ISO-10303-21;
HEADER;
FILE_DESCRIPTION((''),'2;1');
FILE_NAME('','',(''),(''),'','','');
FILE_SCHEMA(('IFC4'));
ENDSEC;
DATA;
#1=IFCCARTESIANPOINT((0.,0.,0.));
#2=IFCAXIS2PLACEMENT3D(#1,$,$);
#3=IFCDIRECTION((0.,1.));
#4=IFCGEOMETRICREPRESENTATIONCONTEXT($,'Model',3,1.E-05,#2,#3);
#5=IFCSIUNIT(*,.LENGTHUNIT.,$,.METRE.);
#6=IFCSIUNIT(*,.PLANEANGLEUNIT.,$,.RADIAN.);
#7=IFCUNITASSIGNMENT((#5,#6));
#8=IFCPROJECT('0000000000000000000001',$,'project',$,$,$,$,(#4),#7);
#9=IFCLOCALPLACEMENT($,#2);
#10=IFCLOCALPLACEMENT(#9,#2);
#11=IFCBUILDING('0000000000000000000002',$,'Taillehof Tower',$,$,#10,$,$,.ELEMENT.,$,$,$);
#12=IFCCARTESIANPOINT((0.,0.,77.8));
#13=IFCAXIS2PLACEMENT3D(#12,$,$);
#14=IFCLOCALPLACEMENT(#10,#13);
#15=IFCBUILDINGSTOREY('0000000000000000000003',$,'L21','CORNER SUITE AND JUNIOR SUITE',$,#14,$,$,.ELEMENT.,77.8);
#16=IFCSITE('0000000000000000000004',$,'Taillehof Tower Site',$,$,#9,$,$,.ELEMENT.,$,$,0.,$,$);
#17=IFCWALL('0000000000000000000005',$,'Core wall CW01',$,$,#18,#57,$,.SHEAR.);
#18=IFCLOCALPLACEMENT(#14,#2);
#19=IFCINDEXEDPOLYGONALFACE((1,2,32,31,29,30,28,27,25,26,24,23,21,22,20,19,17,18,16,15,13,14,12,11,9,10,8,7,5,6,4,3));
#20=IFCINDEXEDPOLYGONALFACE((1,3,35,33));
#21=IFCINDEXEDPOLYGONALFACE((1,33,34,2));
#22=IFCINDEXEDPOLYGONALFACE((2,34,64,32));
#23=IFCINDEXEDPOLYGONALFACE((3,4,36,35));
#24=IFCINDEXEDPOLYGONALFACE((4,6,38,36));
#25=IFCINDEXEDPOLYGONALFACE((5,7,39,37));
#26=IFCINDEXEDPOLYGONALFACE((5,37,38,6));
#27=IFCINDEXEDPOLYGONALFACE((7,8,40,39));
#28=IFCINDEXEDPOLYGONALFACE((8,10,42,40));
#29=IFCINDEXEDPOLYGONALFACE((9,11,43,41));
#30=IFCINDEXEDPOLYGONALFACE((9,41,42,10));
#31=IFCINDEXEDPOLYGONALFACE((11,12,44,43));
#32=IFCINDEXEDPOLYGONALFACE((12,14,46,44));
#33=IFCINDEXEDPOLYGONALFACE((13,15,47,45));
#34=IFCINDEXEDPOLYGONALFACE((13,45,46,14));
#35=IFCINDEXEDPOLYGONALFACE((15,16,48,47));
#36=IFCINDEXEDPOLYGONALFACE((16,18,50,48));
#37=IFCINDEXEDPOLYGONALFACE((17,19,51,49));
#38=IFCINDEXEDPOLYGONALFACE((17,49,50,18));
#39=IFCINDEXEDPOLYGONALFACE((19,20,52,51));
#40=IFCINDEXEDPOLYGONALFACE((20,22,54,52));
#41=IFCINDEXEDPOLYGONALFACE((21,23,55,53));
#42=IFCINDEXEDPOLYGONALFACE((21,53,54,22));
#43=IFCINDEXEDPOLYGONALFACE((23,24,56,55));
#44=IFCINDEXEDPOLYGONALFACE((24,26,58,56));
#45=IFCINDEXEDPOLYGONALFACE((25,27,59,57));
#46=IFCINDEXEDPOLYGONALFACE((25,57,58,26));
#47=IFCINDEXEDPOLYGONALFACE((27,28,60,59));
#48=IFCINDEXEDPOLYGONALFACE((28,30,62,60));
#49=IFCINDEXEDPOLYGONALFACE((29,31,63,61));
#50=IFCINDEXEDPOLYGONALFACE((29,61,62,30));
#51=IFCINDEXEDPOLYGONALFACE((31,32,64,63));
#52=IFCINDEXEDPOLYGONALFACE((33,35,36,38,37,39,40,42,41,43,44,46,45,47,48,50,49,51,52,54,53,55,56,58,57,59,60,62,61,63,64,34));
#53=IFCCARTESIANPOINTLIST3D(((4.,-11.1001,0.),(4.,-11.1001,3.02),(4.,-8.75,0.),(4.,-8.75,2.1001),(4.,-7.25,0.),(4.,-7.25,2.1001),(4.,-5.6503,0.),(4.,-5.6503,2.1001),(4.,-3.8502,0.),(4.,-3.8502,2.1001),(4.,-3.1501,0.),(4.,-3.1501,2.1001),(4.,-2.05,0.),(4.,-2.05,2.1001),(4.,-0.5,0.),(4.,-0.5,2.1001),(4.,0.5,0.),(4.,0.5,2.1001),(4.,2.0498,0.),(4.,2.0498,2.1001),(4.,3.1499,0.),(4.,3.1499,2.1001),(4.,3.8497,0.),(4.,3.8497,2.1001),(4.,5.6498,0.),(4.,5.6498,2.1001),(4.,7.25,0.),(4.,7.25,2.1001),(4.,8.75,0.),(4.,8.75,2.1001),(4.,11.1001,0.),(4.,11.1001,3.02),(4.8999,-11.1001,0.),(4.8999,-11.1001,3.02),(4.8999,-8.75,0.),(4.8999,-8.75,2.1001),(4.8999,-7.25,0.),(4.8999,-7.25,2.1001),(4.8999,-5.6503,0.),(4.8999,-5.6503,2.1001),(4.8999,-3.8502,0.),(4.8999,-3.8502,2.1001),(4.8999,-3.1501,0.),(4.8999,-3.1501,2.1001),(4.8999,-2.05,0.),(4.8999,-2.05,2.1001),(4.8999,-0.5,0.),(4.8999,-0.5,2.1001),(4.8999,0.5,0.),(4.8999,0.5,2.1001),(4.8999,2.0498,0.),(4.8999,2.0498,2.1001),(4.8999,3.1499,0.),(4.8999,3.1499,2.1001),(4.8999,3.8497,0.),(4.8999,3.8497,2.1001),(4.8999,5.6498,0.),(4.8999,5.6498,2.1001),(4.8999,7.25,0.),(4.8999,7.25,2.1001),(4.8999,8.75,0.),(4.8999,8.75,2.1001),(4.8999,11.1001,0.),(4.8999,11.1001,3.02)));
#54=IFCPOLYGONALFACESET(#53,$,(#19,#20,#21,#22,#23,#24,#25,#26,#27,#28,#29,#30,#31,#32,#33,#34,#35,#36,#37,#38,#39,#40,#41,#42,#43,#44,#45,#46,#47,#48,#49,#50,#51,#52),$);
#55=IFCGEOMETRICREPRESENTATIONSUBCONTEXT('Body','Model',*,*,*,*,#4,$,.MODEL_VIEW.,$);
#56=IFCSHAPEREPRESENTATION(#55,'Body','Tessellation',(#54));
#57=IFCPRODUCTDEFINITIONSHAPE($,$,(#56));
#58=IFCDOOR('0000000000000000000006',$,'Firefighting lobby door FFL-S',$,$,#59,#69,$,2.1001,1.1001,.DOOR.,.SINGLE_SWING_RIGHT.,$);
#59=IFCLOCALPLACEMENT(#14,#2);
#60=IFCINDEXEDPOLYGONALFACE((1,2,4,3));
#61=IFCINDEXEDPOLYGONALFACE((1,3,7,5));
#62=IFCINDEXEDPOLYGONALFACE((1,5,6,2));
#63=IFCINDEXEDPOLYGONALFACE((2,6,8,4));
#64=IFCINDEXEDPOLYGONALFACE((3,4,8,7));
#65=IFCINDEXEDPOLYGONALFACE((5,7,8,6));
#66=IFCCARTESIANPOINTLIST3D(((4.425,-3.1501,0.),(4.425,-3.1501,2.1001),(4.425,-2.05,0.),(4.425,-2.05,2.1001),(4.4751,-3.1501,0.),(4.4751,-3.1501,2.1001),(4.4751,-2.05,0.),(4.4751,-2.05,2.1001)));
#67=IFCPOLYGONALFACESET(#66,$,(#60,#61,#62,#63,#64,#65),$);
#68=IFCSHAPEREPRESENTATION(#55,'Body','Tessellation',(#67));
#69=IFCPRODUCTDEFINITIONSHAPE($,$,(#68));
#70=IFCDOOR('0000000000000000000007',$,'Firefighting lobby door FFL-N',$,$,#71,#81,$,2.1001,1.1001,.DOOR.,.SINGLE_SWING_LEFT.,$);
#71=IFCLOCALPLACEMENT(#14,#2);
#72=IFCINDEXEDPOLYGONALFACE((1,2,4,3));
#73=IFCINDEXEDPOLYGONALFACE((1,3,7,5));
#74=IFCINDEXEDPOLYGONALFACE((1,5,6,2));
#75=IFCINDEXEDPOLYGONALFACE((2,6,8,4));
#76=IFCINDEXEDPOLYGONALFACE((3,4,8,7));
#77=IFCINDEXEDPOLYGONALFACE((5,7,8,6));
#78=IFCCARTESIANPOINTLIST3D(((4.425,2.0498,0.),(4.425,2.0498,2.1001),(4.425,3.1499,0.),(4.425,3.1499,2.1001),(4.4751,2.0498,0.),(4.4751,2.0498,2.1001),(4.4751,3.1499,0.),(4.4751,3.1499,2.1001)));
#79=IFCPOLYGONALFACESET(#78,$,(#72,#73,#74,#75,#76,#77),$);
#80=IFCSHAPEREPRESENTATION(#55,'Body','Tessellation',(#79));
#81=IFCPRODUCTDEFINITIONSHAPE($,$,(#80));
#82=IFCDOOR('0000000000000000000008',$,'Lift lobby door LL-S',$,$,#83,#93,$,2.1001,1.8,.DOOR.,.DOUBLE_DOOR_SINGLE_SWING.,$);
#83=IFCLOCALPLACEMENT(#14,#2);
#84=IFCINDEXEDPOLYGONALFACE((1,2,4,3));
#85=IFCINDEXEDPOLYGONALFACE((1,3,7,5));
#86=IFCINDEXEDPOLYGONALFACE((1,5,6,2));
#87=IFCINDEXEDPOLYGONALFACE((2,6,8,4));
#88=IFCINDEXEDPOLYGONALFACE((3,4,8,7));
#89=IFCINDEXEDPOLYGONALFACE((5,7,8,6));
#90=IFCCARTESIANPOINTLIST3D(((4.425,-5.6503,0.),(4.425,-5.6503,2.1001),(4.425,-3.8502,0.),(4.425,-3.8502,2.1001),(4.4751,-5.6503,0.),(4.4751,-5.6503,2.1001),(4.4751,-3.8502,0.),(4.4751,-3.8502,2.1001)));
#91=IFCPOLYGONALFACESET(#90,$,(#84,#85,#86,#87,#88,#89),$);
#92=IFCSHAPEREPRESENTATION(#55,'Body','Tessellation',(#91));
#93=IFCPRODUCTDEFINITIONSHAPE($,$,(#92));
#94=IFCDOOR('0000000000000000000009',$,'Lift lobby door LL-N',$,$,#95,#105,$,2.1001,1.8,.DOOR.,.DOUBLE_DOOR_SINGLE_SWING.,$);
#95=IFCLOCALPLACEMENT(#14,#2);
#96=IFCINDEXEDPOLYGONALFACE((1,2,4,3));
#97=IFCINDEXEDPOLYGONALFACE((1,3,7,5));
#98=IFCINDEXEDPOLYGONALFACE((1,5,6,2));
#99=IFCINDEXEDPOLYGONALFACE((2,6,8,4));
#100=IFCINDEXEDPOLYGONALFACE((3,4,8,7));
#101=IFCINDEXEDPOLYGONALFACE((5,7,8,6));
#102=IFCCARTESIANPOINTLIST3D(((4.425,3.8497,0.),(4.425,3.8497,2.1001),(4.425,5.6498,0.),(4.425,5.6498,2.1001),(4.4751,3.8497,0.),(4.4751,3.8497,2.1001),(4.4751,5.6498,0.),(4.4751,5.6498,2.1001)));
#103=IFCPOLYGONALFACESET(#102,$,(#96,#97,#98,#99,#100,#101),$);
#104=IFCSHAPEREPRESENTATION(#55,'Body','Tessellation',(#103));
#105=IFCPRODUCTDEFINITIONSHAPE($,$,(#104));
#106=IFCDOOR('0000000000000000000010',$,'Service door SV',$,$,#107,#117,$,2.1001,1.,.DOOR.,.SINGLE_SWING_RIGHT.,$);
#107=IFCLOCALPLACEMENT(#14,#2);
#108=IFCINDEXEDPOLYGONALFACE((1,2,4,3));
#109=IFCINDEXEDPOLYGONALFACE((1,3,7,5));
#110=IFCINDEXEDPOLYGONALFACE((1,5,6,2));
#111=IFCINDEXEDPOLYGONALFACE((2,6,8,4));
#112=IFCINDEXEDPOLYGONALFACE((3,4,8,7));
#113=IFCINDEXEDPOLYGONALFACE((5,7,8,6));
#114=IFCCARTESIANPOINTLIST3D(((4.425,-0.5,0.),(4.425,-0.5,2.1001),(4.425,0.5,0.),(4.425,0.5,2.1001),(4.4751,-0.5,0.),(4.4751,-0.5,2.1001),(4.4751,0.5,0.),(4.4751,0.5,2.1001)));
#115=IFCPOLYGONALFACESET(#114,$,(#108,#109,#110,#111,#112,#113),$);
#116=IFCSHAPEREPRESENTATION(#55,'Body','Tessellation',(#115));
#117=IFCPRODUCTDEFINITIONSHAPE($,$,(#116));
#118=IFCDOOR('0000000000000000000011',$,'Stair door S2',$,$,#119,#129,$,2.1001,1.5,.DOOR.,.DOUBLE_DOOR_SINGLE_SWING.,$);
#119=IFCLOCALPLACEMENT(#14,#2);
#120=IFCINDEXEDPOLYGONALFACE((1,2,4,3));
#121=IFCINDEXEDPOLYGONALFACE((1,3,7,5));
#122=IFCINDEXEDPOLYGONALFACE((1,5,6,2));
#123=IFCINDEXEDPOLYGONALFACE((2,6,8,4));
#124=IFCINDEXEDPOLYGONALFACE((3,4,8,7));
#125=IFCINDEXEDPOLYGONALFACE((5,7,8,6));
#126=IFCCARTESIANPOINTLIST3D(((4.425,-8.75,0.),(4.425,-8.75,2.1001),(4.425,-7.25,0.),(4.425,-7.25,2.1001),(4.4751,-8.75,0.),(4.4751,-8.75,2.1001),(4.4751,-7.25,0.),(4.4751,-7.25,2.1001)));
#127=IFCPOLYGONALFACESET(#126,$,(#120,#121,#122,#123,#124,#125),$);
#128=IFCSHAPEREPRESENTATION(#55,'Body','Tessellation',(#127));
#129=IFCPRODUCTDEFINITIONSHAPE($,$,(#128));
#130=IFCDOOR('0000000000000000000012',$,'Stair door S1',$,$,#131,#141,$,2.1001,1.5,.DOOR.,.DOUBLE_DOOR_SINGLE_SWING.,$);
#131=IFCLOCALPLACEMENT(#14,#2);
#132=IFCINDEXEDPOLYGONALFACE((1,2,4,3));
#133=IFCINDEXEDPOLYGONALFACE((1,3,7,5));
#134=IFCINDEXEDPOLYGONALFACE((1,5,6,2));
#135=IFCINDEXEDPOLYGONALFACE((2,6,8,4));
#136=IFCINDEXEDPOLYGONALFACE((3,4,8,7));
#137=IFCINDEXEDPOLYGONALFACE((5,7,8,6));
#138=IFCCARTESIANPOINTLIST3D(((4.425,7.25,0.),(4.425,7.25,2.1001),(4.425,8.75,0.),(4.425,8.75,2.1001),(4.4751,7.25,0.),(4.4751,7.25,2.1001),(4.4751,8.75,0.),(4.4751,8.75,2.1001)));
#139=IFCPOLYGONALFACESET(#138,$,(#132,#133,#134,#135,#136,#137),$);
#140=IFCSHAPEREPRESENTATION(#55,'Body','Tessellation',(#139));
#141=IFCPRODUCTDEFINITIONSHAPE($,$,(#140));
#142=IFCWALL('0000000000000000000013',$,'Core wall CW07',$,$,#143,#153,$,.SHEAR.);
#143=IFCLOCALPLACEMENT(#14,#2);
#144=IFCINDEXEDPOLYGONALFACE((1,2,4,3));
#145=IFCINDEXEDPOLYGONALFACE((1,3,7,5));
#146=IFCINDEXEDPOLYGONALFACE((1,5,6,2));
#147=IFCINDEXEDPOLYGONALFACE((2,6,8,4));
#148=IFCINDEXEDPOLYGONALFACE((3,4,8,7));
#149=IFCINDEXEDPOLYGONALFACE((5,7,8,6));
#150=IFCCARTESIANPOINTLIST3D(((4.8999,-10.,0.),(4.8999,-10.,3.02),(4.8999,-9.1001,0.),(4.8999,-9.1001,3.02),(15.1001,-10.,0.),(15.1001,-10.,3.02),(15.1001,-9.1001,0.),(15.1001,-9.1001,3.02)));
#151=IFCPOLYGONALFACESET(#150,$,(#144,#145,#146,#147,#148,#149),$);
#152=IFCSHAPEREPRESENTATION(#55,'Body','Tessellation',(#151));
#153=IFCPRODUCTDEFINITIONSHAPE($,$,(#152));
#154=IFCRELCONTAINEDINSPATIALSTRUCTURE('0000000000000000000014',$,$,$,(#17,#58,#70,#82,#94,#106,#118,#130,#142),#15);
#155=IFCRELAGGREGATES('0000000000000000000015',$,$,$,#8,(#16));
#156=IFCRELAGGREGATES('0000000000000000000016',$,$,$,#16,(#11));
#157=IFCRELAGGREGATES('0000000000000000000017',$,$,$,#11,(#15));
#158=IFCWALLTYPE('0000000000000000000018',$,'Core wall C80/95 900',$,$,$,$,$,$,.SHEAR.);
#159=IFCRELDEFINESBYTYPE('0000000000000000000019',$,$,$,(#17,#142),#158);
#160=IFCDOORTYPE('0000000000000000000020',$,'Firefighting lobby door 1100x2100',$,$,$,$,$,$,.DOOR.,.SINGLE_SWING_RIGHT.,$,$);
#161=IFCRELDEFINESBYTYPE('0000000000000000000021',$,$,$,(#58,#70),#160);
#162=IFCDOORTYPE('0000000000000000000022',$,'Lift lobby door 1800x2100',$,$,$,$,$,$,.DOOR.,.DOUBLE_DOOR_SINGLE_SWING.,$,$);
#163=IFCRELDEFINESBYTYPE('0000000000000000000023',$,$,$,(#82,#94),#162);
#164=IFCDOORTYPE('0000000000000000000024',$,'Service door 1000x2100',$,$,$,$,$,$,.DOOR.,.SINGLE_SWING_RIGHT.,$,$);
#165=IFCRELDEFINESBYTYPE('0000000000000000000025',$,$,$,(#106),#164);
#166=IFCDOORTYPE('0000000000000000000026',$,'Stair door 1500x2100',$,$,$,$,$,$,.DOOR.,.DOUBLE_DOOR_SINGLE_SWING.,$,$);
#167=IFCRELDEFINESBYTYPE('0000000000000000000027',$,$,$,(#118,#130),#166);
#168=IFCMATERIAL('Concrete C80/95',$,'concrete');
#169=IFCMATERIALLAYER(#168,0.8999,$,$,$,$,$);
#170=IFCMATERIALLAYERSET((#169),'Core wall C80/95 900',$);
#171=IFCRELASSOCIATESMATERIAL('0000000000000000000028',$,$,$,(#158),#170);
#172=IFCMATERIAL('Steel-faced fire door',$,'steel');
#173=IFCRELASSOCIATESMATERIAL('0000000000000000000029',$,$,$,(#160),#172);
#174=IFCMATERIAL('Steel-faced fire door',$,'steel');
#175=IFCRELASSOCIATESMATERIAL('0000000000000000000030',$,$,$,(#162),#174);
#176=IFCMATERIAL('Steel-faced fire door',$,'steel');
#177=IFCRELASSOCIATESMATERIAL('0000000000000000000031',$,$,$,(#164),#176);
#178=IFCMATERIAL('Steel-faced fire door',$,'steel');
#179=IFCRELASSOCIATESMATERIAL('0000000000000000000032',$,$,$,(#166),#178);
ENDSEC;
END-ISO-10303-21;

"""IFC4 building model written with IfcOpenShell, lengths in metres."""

from ifc_helpers import new_model, si_unit, direction, frame, frame_2d, origin, place, context, subcontext, project, spatial, rectangle, extrude, material, layer, layer_set, type_object, element, fill, save


model = new_model("IFC4")

# Units and contexts
model_context = context("Model", 3, precision=1e-05, world=origin(), true_north=direction((0.0, 1.0)))
body_context = subcontext(model_context, "Body", "Model", "MODEL_VIEW")
ifc_project = project(units=[si_unit("LENGTHUNIT", "METRE"), si_unit("PLANEANGLEUNIT", "RADIAN")], contexts=[model_context])

# Site, building, storey
site_placement = place(None, origin())
site = spatial("IfcSite", under=ifc_project, at=site_placement, Name="Taillehof Tower Site", CompositionType="ELEMENT", RefElevation=0.0)
building_placement = place(site_placement, origin())
building = spatial("IfcBuilding", under=site, at=building_placement, Name="Taillehof Tower", CompositionType="ELEMENT")
storey_placement = place(building_placement, frame((0.0, 0.0, 77.8)))
storey = spatial("IfcBuildingStorey", under=building, at=storey_placement, Name="L21", Description="CORNER SUITE AND JUNIOR SUITE", CompositionType="ELEMENT", Elevation=77.8)

# Wall, openings, doors
ifc_material_1 = material(Name="Concrete C80/95", Category="concrete")
ifc_layer_1 = layer(ifc_material_1, 0.8999)
ifc_layer_set_1 = layer_set([ifc_layer_1], Name="Core wall C80/95 900")
wall_type_1 = type_object("IfcWallType", Name="Core wall C80/95 900", PredefinedType="SHEAR", material=ifc_layer_set_1)
wall_1_placement = place(storey_placement, frame((4.45, -11.1001, 0.0), z_axis=(0.0, 0.0, 1.0), x_axis=(0.0, 1.0, 0.0)))
wall_1 = element("IfcWall", 1, at=wall_1_placement, inside=storey, type_object=wall_type_1, Name="Core wall CW01", PredefinedType="SHEAR", context=body_context, shape_type="SweptSolid", body=[
    extrude(rectangle(XDim=22.2002, YDim=0.8999, at=frame_2d((11.1001, 0.0))), origin(), (0.0, 0.0, 1.0), 3.02),
])
opening_1_placement = place(wall_1_placement, frame((2.3501, 0.0, 0.0)))
opening_1 = element("IfcOpeningElement", 2, at=opening_1_placement, cuts=wall_1, PredefinedType="OPENING", context=body_context, shape_type="SweptSolid", body=[
    extrude(rectangle(XDim=1.5, YDim=2.1001, at=frame_2d((0.75, 1.05))), frame((0.0, 0.46, 0.0), z_axis=(0.0, -1.0, 0.0), x_axis=(1.0, 0.0, 0.0)), (0.0, 0.0, 1.0), 0.9199),
])
opening_2_placement = place(wall_1_placement, frame((5.45, 0.0, 0.0)))
opening_2 = element("IfcOpeningElement", 3, at=opening_2_placement, cuts=wall_1, PredefinedType="OPENING", context=body_context, shape_type="SweptSolid", body=[
    extrude(rectangle(XDim=1.8, YDim=2.1001, at=frame_2d((0.8999, 1.05))), frame((0.0, 0.46, 0.0), z_axis=(0.0, -1.0, 0.0), x_axis=(1.0, 0.0, 0.0)), (0.0, 0.0, 1.0), 0.9199),
])
opening_3_placement = place(wall_1_placement, frame((7.95, 0.0, 0.0)))
opening_3 = element("IfcOpeningElement", 4, at=opening_3_placement, cuts=wall_1, PredefinedType="OPENING", context=body_context, shape_type="SweptSolid", body=[
    extrude(rectangle(XDim=1.1001, YDim=2.1001, at=frame_2d((0.55, 1.05))), frame((0.0, 0.46, 0.0), z_axis=(0.0, -1.0, 0.0), x_axis=(1.0, 0.0, 0.0)), (0.0, 0.0, 1.0), 0.9199),
])
opening_4_placement = place(wall_1_placement, frame((10.6001, 0.0, 0.0)))
opening_4 = element("IfcOpeningElement", 5, at=opening_4_placement, cuts=wall_1, PredefinedType="OPENING", context=body_context, shape_type="SweptSolid", body=[
    extrude(rectangle(XDim=1.0, YDim=2.1001, at=frame_2d((0.5, 1.05))), frame((0.0, 0.46, 0.0), z_axis=(0.0, -1.0, 0.0), x_axis=(1.0, 0.0, 0.0)), (0.0, 0.0, 1.0), 0.9199),
])
opening_5_placement = place(wall_1_placement, frame((13.1499, 0.0, 0.0)))
opening_5 = element("IfcOpeningElement", 6, at=opening_5_placement, cuts=wall_1, PredefinedType="OPENING", context=body_context, shape_type="SweptSolid", body=[
    extrude(rectangle(XDim=1.1001, YDim=2.1001, at=frame_2d((0.55, 1.05))), frame((0.0, 0.46, 0.0), z_axis=(0.0, -1.0, 0.0), x_axis=(1.0, 0.0, 0.0)), (0.0, 0.0, 1.0), 0.9199),
])
opening_6_placement = place(wall_1_placement, frame((14.95, 0.0, 0.0)))
opening_6 = element("IfcOpeningElement", 7, at=opening_6_placement, cuts=wall_1, PredefinedType="OPENING", context=body_context, shape_type="SweptSolid", body=[
    extrude(rectangle(XDim=1.8, YDim=2.1001, at=frame_2d((0.8999, 1.05))), frame((0.0, 0.46, 0.0), z_axis=(0.0, -1.0, 0.0), x_axis=(1.0, 0.0, 0.0)), (0.0, 0.0, 1.0), 0.9199),
])
opening_7_placement = place(wall_1_placement, frame((18.3501, 0.0, 0.0)))
opening_7 = element("IfcOpeningElement", 8, at=opening_7_placement, cuts=wall_1, PredefinedType="OPENING", context=body_context, shape_type="SweptSolid", body=[
    extrude(rectangle(XDim=1.5, YDim=2.1001, at=frame_2d((0.75, 1.05))), frame((0.0, 0.46, 0.0), z_axis=(0.0, -1.0, 0.0), x_axis=(1.0, 0.0, 0.0)), (0.0, 0.0, 1.0), 0.9199),
])
ifc_material_2 = material(Name="Steel-faced fire door", Category="steel")
door_type_1 = type_object("IfcDoorType", Name="Firefighting lobby door 1100x2100", OperationType="SINGLE_SWING_RIGHT", PredefinedType="DOOR", material=ifc_material_2)
door_1_placement = place(opening_3_placement, origin())
door_1 = element("IfcDoor", 9, at=door_1_placement, inside=storey, type_object=door_type_1, Name="Firefighting lobby door FFL-S", OperationType="SINGLE_SWING_RIGHT", OverallHeight=2.1001, OverallWidth=1.1001, PredefinedType="DOOR", context=body_context, shape_type="SweptSolid", body=[
    extrude(rectangle(XDim=1.1001, YDim=2.1001, at=frame_2d((0.55, 1.05))), frame((0.0, 0.0249, 0.0), z_axis=(0.0, -1.0, 0.0), x_axis=(1.0, 0.0, 0.0)), (0.0, 0.0, 1.0), 0.05),
])
fill(opening_3, door_1)
door_2_placement = place(opening_5_placement, origin())
door_2 = element("IfcDoor", 10, at=door_2_placement, inside=storey, type_object=door_type_1, Name="Firefighting lobby door FFL-N", OperationType="SINGLE_SWING_LEFT", OverallHeight=2.1001, OverallWidth=1.1001, PredefinedType="DOOR", context=body_context, shape_type="SweptSolid", body=[
    extrude(rectangle(XDim=1.1001, YDim=2.1001, at=frame_2d((0.55, 1.05))), frame((0.0, 0.0249, 0.0), z_axis=(0.0, -1.0, 0.0), x_axis=(1.0, 0.0, 0.0)), (0.0, 0.0, 1.0), 0.05),
])
fill(opening_5, door_2)
ifc_material_3 = material(Name="Steel-faced fire door", Category="steel")
door_type_2 = type_object("IfcDoorType", Name="Lift lobby door 1800x2100", OperationType="DOUBLE_DOOR_SINGLE_SWING", PredefinedType="DOOR", material=ifc_material_3)
door_3_placement = place(opening_2_placement, origin())
door_3 = element("IfcDoor", 11, at=door_3_placement, inside=storey, type_object=door_type_2, Name="Lift lobby door LL-S", OperationType="DOUBLE_DOOR_SINGLE_SWING", OverallHeight=2.1001, OverallWidth=1.8, PredefinedType="DOOR", context=body_context, shape_type="SweptSolid", body=[
    extrude(rectangle(XDim=1.8, YDim=2.1001, at=frame_2d((0.8999, 1.05))), frame((0.0, 0.0249, 0.0), z_axis=(0.0, -1.0, 0.0), x_axis=(1.0, 0.0, 0.0)), (0.0, 0.0, 1.0), 0.05),
])
fill(opening_2, door_3)
door_4_placement = place(opening_6_placement, origin())
door_4 = element("IfcDoor", 12, at=door_4_placement, inside=storey, type_object=door_type_2, Name="Lift lobby door LL-N", OperationType="DOUBLE_DOOR_SINGLE_SWING", OverallHeight=2.1001, OverallWidth=1.8, PredefinedType="DOOR", context=body_context, shape_type="SweptSolid", body=[
    extrude(rectangle(XDim=1.8, YDim=2.1001, at=frame_2d((0.8999, 1.05))), frame((0.0, 0.0249, 0.0), z_axis=(0.0, -1.0, 0.0), x_axis=(1.0, 0.0, 0.0)), (0.0, 0.0, 1.0), 0.05),
])
fill(opening_6, door_4)
ifc_material_4 = material(Name="Steel-faced fire door", Category="steel")
door_type_3 = type_object("IfcDoorType", Name="Service door 1000x2100", OperationType="SINGLE_SWING_RIGHT", PredefinedType="DOOR", material=ifc_material_4)
door_5_placement = place(opening_4_placement, origin())
door_5 = element("IfcDoor", 13, at=door_5_placement, inside=storey, type_object=door_type_3, Name="Service door SV", OperationType="SINGLE_SWING_RIGHT", OverallHeight=2.1001, OverallWidth=1.0, PredefinedType="DOOR", context=body_context, shape_type="SweptSolid", body=[
    extrude(rectangle(XDim=1.0, YDim=2.1001, at=frame_2d((0.5, 1.05))), frame((0.0, 0.0249, 0.0), z_axis=(0.0, -1.0, 0.0), x_axis=(1.0, 0.0, 0.0)), (0.0, 0.0, 1.0), 0.05),
])
fill(opening_4, door_5)
ifc_material_5 = material(Name="Steel-faced fire door", Category="steel")
door_type_4 = type_object("IfcDoorType", Name="Stair door 1500x2100", OperationType="DOUBLE_DOOR_SINGLE_SWING", PredefinedType="DOOR", material=ifc_material_5)
door_6_placement = place(opening_1_placement, origin())
door_6 = element("IfcDoor", 14, at=door_6_placement, inside=storey, type_object=door_type_4, Name="Stair door S2", OperationType="DOUBLE_DOOR_SINGLE_SWING", OverallHeight=2.1001, OverallWidth=1.5, PredefinedType="DOOR", context=body_context, shape_type="SweptSolid", body=[
    extrude(rectangle(XDim=1.5, YDim=2.1001, at=frame_2d((0.75, 1.05))), frame((0.0, 0.0249, 0.0), z_axis=(0.0, -1.0, 0.0), x_axis=(1.0, 0.0, 0.0)), (0.0, 0.0, 1.0), 0.05),
])
fill(opening_1, door_6)
door_7_placement = place(opening_7_placement, origin())
door_7 = element("IfcDoor", 15, at=door_7_placement, inside=storey, type_object=door_type_4, Name="Stair door S1", OperationType="DOUBLE_DOOR_SINGLE_SWING", OverallHeight=2.1001, OverallWidth=1.5, PredefinedType="DOOR", context=body_context, shape_type="SweptSolid", body=[
    extrude(rectangle(XDim=1.5, YDim=2.1001, at=frame_2d((0.75, 1.05))), frame((0.0, 0.0249, 0.0), z_axis=(0.0, -1.0, 0.0), x_axis=(1.0, 0.0, 0.0)), (0.0, 0.0, 1.0), 0.05),
])
fill(opening_7, door_7)

# Wall
wall_2_placement = place(storey_placement, frame((4.8999, -9.55, 0.0), z_axis=(0.0, 0.0, 1.0), x_axis=(1.0, 0.0, 0.0)))
element("IfcWall", 16, at=wall_2_placement, inside=storey, type_object=wall_type_1, Name="Core wall CW07", PredefinedType="SHEAR", context=body_context, shape_type="SweptSolid", body=[
    extrude(rectangle(XDim=10.2002, YDim=0.8999, at=frame_2d((5.1001, 0.0))), origin(), (0.0, 0.0, 1.0), 3.02),
])

save(model, "model.ifc")
